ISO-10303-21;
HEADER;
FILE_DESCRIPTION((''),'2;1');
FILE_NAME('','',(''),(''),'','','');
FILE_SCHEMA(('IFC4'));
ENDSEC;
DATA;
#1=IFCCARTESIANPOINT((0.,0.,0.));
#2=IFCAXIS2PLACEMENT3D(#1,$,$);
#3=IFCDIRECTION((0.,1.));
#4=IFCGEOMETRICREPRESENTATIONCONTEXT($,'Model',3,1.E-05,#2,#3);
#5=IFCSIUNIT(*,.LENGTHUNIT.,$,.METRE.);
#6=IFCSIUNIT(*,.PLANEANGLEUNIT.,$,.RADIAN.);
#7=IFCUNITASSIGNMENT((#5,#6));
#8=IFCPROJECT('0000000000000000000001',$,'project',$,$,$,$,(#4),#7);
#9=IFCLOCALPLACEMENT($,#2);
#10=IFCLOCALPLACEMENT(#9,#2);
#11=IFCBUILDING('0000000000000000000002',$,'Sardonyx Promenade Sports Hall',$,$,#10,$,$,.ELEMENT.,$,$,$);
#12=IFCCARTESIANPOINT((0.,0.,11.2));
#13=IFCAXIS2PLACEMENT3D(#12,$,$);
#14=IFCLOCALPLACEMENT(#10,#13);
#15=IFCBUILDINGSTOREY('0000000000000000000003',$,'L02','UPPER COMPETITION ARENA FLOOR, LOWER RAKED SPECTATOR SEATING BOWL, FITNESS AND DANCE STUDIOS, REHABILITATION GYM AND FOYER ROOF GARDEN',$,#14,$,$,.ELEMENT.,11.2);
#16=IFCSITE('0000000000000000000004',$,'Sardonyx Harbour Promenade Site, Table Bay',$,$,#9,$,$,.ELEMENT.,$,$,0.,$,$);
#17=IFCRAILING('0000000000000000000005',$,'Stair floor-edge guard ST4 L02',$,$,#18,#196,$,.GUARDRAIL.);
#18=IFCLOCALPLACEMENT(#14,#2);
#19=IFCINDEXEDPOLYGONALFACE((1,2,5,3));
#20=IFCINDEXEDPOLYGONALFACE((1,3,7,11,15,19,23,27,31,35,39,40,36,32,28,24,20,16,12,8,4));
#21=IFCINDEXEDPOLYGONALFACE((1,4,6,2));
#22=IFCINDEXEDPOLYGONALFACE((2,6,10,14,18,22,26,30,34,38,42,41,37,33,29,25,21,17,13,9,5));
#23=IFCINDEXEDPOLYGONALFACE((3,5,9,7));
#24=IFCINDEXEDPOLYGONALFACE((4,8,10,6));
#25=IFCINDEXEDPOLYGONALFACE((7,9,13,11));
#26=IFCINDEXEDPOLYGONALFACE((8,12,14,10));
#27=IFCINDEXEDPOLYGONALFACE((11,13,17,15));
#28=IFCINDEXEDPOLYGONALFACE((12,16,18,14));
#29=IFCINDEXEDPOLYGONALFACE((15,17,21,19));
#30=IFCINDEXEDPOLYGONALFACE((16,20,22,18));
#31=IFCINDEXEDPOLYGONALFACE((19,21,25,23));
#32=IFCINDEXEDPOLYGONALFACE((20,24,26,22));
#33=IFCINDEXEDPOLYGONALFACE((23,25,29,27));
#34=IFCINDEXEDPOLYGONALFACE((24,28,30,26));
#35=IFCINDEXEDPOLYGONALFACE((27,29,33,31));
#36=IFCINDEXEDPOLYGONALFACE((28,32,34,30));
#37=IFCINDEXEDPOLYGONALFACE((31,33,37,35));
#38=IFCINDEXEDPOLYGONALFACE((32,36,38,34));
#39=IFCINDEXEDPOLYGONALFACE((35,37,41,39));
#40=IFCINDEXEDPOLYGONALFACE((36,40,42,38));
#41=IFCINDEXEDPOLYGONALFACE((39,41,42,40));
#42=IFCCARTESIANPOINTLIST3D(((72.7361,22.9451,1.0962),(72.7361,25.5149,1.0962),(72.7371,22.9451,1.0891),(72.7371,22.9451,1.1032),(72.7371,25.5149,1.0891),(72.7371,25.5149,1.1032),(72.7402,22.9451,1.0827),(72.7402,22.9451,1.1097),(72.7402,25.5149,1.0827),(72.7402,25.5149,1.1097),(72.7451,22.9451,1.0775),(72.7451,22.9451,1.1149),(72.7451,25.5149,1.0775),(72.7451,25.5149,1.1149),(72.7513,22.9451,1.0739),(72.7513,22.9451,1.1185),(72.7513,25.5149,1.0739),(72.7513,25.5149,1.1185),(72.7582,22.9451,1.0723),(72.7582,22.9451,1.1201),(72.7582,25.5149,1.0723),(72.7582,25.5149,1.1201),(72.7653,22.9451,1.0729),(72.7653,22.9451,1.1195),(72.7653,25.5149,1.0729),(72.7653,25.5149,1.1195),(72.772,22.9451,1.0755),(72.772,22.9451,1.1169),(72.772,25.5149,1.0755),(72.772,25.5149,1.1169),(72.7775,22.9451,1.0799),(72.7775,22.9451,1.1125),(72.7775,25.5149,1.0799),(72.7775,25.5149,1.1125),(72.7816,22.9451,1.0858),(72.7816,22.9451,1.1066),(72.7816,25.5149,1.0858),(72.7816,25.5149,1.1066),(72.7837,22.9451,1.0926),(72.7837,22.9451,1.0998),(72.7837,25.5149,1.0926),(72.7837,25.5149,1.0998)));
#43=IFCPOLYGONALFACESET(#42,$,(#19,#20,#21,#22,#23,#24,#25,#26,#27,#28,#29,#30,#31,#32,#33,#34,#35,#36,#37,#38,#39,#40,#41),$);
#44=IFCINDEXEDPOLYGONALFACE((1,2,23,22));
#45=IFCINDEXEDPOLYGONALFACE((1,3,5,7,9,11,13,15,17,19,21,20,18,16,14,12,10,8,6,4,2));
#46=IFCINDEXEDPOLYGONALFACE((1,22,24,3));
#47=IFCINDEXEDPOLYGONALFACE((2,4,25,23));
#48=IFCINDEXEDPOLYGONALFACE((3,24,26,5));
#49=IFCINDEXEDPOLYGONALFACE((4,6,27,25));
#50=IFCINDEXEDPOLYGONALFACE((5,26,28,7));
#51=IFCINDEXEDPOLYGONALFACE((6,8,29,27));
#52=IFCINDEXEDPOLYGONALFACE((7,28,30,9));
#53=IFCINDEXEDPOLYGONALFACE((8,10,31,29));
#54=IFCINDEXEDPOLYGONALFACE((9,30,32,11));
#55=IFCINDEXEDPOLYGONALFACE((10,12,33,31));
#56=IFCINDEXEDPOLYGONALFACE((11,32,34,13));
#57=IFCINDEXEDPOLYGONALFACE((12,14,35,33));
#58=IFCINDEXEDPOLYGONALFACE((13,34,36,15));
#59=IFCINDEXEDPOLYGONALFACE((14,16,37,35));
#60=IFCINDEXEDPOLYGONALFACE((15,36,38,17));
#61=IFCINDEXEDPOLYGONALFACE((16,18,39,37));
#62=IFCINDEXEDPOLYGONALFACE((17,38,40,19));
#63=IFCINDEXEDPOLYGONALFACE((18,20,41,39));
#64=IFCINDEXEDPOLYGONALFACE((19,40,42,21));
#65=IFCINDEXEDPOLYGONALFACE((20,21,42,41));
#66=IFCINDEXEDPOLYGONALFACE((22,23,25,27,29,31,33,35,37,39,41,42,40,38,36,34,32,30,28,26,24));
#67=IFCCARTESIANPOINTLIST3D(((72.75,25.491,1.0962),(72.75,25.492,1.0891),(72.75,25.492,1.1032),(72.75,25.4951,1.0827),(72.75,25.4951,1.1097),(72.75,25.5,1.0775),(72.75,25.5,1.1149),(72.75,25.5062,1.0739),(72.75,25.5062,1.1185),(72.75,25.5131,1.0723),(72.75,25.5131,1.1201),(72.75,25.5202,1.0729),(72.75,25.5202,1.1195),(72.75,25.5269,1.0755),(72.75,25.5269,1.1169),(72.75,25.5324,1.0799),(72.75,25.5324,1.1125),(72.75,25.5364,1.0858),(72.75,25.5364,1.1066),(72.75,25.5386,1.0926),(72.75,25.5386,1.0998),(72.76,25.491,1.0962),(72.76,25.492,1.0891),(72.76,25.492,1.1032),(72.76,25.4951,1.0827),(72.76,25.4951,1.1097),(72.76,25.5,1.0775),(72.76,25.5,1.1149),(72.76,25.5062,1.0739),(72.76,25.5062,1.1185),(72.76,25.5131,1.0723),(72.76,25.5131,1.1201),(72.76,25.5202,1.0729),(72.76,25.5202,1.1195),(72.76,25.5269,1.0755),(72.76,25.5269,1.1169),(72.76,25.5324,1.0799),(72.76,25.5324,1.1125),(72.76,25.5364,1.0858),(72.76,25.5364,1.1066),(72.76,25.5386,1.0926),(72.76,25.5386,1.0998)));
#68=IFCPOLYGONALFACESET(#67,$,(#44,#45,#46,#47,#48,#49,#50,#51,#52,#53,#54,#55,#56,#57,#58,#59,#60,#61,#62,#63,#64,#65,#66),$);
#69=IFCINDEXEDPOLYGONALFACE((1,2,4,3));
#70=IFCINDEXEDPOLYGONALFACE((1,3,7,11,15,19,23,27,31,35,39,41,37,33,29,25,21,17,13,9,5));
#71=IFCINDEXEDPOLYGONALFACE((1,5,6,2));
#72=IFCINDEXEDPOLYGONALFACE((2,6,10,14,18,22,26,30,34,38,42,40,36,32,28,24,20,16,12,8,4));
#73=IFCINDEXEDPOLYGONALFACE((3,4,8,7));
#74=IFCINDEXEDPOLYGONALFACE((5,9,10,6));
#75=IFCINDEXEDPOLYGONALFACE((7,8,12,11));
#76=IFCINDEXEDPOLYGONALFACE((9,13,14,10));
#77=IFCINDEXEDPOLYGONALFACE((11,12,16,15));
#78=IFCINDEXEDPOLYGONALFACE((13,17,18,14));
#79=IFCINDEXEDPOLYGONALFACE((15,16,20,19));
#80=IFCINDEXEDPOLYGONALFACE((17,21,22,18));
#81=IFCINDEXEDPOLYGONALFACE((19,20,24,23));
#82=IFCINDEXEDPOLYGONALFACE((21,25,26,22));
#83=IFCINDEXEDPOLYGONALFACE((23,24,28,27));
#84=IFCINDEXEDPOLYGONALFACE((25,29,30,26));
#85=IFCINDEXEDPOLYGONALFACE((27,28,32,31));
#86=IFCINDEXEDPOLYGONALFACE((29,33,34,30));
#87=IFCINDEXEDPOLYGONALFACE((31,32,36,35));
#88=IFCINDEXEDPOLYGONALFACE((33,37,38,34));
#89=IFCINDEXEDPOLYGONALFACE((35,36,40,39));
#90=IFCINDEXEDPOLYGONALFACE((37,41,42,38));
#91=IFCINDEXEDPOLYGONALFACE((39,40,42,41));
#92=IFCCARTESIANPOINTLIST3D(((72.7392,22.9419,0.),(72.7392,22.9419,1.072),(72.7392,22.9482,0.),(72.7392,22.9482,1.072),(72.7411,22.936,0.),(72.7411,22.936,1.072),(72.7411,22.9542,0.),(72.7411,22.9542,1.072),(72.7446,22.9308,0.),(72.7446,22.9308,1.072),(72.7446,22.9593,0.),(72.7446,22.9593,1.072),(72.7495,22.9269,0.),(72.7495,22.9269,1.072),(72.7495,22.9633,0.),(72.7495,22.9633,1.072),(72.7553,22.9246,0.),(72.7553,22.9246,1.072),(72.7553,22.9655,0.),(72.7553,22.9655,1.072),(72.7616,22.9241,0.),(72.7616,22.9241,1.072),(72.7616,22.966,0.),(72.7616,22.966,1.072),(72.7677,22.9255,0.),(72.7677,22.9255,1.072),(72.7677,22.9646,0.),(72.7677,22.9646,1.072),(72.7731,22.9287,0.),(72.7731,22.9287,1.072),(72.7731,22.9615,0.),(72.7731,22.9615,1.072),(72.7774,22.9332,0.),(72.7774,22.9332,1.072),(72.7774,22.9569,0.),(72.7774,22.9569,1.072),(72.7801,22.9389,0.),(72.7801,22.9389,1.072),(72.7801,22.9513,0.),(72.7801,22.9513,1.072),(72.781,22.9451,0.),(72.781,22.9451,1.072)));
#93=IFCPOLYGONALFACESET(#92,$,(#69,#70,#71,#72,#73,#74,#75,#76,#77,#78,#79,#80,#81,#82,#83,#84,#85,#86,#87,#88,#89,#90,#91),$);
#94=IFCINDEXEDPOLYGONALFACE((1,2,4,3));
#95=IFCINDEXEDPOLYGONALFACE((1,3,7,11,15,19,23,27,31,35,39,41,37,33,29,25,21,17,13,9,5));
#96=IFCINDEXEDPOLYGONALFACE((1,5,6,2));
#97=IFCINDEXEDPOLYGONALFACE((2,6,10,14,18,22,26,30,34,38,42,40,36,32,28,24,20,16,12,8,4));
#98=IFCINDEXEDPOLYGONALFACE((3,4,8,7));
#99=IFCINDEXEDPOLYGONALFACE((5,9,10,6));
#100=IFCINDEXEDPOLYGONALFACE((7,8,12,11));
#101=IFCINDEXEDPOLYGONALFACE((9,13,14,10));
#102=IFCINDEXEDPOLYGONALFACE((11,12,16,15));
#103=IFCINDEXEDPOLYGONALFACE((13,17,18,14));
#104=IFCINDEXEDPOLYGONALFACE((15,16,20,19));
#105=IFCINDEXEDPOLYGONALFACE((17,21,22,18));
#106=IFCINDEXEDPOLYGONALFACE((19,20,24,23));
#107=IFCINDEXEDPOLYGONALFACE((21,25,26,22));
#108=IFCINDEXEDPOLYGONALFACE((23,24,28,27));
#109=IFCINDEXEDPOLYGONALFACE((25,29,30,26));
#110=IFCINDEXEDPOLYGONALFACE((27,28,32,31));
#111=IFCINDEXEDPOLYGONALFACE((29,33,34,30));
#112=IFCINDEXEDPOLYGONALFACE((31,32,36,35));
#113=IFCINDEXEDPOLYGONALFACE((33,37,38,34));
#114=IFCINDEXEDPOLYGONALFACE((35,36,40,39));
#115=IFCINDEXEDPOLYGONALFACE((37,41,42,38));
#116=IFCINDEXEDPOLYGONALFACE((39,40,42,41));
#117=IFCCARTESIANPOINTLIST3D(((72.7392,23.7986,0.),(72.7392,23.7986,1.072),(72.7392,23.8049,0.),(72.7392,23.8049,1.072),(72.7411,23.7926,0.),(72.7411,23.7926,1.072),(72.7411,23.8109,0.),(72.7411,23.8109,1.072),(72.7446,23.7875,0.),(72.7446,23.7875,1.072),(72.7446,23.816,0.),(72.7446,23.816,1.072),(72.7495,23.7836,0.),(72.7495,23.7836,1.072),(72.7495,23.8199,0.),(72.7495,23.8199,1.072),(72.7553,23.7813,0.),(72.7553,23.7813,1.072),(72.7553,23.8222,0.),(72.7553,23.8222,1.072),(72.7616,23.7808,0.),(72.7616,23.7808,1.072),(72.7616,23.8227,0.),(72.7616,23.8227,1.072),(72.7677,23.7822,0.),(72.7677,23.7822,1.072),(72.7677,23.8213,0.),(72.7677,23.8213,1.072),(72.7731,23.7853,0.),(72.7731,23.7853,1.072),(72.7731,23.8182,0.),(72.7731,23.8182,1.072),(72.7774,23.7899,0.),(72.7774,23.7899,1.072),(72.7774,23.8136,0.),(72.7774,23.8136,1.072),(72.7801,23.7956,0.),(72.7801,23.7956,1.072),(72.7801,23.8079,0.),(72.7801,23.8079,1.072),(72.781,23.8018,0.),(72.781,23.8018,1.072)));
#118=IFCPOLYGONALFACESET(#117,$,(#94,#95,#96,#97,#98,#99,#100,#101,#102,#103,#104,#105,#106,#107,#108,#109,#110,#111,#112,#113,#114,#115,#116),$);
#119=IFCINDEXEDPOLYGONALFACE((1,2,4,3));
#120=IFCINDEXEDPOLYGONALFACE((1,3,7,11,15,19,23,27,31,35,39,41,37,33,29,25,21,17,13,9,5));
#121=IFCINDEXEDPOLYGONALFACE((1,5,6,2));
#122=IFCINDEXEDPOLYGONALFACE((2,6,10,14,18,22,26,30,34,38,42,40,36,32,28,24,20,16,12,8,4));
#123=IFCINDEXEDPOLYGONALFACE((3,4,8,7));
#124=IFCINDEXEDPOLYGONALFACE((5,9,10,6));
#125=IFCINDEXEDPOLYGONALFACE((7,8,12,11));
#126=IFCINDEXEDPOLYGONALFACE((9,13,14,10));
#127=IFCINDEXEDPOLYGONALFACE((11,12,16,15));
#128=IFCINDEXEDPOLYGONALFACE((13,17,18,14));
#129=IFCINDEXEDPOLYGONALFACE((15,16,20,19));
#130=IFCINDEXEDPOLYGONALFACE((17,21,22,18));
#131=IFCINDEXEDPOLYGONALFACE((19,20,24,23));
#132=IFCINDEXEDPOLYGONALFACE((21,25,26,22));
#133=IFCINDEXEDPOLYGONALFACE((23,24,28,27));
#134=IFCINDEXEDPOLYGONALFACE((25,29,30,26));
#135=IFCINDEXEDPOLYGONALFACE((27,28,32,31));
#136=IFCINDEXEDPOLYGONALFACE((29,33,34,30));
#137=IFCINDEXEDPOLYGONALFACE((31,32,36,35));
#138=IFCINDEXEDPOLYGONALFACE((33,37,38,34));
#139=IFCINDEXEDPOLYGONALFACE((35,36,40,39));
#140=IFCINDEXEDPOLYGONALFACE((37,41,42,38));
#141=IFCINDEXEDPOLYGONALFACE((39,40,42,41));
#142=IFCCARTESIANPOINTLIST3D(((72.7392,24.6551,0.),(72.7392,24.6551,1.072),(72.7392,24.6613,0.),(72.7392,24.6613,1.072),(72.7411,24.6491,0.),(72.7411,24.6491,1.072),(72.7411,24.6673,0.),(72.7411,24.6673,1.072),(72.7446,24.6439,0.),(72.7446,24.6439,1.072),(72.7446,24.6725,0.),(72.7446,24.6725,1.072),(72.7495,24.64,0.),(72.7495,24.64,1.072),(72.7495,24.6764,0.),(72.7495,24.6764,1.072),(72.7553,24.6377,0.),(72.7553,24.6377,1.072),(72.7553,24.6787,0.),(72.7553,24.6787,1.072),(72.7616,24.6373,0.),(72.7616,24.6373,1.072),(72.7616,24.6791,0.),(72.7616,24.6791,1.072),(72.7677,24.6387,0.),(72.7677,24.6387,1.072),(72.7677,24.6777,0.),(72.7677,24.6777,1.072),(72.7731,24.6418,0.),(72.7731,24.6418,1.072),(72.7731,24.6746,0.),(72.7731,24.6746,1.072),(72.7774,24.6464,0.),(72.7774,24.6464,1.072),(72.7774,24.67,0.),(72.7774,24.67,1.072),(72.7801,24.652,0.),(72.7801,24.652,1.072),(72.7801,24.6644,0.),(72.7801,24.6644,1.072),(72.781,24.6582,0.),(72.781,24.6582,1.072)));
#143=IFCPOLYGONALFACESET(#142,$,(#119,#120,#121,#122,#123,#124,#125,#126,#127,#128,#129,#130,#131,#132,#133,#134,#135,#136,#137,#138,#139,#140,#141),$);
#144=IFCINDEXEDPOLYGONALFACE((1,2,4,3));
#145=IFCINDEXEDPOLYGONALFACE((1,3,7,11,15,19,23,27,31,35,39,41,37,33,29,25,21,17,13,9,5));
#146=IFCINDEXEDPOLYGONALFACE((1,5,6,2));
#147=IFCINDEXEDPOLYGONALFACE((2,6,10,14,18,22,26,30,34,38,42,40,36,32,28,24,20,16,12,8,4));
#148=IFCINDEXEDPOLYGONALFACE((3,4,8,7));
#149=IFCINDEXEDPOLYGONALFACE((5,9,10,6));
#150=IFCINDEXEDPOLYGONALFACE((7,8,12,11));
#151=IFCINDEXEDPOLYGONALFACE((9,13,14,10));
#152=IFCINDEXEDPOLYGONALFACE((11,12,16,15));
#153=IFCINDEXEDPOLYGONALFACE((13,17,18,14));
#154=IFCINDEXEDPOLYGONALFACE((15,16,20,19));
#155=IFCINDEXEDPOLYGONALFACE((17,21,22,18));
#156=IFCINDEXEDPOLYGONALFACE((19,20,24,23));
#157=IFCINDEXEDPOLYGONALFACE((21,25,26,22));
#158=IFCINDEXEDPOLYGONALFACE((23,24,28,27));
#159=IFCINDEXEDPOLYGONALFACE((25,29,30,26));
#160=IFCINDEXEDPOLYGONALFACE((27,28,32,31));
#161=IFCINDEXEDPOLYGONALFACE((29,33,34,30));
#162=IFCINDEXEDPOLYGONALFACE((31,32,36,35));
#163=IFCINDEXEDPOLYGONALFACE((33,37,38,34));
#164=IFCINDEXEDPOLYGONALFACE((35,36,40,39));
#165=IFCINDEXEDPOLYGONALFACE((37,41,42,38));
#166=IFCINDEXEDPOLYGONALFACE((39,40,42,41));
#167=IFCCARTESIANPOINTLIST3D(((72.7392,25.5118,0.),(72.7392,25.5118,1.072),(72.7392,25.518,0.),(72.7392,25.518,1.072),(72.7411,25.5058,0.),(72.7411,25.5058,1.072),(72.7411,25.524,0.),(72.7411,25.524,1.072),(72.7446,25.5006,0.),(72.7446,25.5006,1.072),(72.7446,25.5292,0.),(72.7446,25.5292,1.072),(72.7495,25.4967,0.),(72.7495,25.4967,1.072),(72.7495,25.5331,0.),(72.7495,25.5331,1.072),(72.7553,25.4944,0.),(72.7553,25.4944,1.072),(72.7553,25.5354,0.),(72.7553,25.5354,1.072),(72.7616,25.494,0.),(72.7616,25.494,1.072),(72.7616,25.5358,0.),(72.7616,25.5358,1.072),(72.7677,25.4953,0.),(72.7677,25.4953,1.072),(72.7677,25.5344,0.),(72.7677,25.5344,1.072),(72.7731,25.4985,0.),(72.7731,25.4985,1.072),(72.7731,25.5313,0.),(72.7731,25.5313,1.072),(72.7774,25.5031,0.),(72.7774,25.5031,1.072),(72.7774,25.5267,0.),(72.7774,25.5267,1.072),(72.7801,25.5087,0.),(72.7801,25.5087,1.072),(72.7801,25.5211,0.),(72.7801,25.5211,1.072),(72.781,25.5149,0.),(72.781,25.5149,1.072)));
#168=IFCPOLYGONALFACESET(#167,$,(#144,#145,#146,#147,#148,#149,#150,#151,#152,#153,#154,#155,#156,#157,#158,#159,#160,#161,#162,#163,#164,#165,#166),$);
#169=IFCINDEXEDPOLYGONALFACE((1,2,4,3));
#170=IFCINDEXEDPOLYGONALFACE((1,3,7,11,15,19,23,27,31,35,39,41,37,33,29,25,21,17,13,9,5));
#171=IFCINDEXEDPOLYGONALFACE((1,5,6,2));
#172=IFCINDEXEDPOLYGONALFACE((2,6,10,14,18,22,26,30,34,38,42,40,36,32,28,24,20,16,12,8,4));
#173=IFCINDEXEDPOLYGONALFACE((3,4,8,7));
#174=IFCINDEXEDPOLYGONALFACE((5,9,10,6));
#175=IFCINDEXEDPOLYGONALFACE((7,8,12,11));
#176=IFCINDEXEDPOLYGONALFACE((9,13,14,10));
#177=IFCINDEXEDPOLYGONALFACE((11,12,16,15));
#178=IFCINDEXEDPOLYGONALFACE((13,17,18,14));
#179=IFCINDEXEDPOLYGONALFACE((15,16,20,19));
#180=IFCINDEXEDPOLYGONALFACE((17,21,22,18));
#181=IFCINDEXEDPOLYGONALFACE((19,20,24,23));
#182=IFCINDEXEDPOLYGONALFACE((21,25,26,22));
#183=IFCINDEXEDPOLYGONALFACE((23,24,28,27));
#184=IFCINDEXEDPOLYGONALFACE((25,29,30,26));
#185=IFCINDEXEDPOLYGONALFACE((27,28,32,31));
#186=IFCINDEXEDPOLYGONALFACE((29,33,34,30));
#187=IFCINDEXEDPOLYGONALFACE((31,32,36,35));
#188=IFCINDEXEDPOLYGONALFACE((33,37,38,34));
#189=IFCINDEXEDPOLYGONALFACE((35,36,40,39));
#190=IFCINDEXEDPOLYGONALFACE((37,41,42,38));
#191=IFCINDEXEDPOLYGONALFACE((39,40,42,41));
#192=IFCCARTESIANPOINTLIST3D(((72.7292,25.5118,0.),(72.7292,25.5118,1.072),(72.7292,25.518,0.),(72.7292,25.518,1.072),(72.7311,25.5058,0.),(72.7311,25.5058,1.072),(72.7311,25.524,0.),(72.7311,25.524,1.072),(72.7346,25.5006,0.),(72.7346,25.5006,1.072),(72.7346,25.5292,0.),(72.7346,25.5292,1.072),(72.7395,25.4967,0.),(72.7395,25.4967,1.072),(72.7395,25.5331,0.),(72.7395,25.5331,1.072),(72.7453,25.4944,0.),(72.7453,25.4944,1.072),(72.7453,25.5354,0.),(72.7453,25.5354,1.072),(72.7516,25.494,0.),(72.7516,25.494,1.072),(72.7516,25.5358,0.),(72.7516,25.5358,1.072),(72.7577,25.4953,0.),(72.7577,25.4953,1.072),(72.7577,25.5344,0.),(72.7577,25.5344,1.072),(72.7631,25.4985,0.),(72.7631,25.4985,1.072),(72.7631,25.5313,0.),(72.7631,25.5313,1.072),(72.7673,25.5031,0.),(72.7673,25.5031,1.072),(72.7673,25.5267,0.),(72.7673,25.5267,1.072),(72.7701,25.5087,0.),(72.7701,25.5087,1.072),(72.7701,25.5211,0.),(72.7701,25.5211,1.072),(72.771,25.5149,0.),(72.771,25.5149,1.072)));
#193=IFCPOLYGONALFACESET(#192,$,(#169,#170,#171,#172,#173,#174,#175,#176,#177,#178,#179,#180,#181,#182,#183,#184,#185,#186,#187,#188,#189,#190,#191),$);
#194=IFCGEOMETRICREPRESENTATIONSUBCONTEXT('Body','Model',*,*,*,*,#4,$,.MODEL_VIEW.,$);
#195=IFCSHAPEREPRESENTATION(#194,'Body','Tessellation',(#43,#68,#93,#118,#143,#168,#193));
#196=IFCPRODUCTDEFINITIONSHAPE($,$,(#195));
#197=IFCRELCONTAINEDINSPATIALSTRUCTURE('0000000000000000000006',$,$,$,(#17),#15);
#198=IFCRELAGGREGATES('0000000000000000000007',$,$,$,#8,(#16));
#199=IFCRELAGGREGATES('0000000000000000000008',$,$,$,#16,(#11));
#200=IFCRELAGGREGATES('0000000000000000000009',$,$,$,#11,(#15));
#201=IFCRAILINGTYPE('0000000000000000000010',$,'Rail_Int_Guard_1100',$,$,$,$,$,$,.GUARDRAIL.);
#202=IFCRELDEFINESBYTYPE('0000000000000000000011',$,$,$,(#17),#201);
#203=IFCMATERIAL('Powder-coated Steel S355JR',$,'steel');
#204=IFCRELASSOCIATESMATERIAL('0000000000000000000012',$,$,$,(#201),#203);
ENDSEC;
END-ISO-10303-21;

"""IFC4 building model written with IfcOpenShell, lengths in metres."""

from ifc_helpers import new_model, si_unit, direction, frame, origin, origin_2d, place, context, subcontext, project, spatial, circle, extrude, material, type_object, element, save


model = new_model("IFC4")

# Units and contexts
model_context = context("Model", 3, precision=1e-05, world=origin(), true_north=direction((0.0, 1.0)))
body_context = subcontext(model_context, "Body", "Model", "MODEL_VIEW")
ifc_project = project(units=[si_unit("LENGTHUNIT", "METRE"), si_unit("PLANEANGLEUNIT", "RADIAN")], contexts=[model_context])

# Site, building, storey
site_placement = place(None, origin())
site = spatial("IfcSite", under=ifc_project, at=site_placement, Name="Sardonyx Harbour Promenade Site, Table Bay", CompositionType="ELEMENT", RefElevation=0.0)
building_placement = place(site_placement, origin())
building = spatial("IfcBuilding", under=site, at=building_placement, Name="Sardonyx Promenade Sports Hall", CompositionType="ELEMENT")
storey_placement = place(building_placement, frame((0.0, 0.0, 11.2)))
storey = spatial("IfcBuildingStorey", under=building, at=storey_placement, Name="L02", Description="UPPER COMPETITION ARENA FLOOR, LOWER RAKED SPECTATOR SEATING BOWL, FITNESS AND DANCE STUDIOS, REHABILITATION GYM AND FOYER ROOF GARDEN", CompositionType="ELEMENT", Elevation=11.2)

# Railing
ifc_material_1 = material(Name="Powder-coated Steel S355JR", Category="steel")
railing_type_1 = type_object("IfcRailingType", Name="Rail_Int_Guard_1100", PredefinedType="GUARDRAIL", material=ifc_material_1)
railing_1_placement = place(storey_placement, frame((72.76, 22.9451, 0.0)))
element("IfcRailing", 1, at=railing_1_placement, inside=storey, type_object=railing_type_1, Name="Stair floor-edge guard ST4 L02", PredefinedType="GUARDRAIL", context=body_context, shape_type="SweptSolid", body=[
    extrude(circle(Radius=0.0239, at=origin_2d()), frame((0.0, 0.0, 1.0962), z_axis=(0.0, 1.0, 0.0), x_axis=(-1.0, 0.0, 0.0)), (0.0, 0.0, 1.0), 2.5698),
    extrude(circle(Radius=0.0239, at=origin_2d()), frame((0.0, 2.5698, 1.0962), z_axis=(-1.0, 0.0, 0.0), x_axis=(0.0, -1.0, 0.0)), (0.0, 0.0, 1.0), 0.01),
    extrude(circle(Radius=0.021, at=origin_2d()), origin(), (0.0, 0.0, 1.0), 1.072),
    extrude(circle(Radius=0.021, at=origin_2d()), frame((0.0, 0.8567, 0.0)), (0.0, 0.0, 1.0), 1.072),
    extrude(circle(Radius=0.021, at=origin_2d()), frame((0.0, 1.7131, 0.0)), (0.0, 0.0, 1.0), 1.072),
    extrude(circle(Radius=0.021, at=origin_2d()), frame((0.0, 2.5698, 0.0)), (0.0, 0.0, 1.0), 1.072),
    extrude(circle(Radius=0.021, at=origin_2d()), frame((-0.01, 2.5698, 0.0)), (0.0, 0.0, 1.0), 1.072),
])

save(model, "model.ifc")
